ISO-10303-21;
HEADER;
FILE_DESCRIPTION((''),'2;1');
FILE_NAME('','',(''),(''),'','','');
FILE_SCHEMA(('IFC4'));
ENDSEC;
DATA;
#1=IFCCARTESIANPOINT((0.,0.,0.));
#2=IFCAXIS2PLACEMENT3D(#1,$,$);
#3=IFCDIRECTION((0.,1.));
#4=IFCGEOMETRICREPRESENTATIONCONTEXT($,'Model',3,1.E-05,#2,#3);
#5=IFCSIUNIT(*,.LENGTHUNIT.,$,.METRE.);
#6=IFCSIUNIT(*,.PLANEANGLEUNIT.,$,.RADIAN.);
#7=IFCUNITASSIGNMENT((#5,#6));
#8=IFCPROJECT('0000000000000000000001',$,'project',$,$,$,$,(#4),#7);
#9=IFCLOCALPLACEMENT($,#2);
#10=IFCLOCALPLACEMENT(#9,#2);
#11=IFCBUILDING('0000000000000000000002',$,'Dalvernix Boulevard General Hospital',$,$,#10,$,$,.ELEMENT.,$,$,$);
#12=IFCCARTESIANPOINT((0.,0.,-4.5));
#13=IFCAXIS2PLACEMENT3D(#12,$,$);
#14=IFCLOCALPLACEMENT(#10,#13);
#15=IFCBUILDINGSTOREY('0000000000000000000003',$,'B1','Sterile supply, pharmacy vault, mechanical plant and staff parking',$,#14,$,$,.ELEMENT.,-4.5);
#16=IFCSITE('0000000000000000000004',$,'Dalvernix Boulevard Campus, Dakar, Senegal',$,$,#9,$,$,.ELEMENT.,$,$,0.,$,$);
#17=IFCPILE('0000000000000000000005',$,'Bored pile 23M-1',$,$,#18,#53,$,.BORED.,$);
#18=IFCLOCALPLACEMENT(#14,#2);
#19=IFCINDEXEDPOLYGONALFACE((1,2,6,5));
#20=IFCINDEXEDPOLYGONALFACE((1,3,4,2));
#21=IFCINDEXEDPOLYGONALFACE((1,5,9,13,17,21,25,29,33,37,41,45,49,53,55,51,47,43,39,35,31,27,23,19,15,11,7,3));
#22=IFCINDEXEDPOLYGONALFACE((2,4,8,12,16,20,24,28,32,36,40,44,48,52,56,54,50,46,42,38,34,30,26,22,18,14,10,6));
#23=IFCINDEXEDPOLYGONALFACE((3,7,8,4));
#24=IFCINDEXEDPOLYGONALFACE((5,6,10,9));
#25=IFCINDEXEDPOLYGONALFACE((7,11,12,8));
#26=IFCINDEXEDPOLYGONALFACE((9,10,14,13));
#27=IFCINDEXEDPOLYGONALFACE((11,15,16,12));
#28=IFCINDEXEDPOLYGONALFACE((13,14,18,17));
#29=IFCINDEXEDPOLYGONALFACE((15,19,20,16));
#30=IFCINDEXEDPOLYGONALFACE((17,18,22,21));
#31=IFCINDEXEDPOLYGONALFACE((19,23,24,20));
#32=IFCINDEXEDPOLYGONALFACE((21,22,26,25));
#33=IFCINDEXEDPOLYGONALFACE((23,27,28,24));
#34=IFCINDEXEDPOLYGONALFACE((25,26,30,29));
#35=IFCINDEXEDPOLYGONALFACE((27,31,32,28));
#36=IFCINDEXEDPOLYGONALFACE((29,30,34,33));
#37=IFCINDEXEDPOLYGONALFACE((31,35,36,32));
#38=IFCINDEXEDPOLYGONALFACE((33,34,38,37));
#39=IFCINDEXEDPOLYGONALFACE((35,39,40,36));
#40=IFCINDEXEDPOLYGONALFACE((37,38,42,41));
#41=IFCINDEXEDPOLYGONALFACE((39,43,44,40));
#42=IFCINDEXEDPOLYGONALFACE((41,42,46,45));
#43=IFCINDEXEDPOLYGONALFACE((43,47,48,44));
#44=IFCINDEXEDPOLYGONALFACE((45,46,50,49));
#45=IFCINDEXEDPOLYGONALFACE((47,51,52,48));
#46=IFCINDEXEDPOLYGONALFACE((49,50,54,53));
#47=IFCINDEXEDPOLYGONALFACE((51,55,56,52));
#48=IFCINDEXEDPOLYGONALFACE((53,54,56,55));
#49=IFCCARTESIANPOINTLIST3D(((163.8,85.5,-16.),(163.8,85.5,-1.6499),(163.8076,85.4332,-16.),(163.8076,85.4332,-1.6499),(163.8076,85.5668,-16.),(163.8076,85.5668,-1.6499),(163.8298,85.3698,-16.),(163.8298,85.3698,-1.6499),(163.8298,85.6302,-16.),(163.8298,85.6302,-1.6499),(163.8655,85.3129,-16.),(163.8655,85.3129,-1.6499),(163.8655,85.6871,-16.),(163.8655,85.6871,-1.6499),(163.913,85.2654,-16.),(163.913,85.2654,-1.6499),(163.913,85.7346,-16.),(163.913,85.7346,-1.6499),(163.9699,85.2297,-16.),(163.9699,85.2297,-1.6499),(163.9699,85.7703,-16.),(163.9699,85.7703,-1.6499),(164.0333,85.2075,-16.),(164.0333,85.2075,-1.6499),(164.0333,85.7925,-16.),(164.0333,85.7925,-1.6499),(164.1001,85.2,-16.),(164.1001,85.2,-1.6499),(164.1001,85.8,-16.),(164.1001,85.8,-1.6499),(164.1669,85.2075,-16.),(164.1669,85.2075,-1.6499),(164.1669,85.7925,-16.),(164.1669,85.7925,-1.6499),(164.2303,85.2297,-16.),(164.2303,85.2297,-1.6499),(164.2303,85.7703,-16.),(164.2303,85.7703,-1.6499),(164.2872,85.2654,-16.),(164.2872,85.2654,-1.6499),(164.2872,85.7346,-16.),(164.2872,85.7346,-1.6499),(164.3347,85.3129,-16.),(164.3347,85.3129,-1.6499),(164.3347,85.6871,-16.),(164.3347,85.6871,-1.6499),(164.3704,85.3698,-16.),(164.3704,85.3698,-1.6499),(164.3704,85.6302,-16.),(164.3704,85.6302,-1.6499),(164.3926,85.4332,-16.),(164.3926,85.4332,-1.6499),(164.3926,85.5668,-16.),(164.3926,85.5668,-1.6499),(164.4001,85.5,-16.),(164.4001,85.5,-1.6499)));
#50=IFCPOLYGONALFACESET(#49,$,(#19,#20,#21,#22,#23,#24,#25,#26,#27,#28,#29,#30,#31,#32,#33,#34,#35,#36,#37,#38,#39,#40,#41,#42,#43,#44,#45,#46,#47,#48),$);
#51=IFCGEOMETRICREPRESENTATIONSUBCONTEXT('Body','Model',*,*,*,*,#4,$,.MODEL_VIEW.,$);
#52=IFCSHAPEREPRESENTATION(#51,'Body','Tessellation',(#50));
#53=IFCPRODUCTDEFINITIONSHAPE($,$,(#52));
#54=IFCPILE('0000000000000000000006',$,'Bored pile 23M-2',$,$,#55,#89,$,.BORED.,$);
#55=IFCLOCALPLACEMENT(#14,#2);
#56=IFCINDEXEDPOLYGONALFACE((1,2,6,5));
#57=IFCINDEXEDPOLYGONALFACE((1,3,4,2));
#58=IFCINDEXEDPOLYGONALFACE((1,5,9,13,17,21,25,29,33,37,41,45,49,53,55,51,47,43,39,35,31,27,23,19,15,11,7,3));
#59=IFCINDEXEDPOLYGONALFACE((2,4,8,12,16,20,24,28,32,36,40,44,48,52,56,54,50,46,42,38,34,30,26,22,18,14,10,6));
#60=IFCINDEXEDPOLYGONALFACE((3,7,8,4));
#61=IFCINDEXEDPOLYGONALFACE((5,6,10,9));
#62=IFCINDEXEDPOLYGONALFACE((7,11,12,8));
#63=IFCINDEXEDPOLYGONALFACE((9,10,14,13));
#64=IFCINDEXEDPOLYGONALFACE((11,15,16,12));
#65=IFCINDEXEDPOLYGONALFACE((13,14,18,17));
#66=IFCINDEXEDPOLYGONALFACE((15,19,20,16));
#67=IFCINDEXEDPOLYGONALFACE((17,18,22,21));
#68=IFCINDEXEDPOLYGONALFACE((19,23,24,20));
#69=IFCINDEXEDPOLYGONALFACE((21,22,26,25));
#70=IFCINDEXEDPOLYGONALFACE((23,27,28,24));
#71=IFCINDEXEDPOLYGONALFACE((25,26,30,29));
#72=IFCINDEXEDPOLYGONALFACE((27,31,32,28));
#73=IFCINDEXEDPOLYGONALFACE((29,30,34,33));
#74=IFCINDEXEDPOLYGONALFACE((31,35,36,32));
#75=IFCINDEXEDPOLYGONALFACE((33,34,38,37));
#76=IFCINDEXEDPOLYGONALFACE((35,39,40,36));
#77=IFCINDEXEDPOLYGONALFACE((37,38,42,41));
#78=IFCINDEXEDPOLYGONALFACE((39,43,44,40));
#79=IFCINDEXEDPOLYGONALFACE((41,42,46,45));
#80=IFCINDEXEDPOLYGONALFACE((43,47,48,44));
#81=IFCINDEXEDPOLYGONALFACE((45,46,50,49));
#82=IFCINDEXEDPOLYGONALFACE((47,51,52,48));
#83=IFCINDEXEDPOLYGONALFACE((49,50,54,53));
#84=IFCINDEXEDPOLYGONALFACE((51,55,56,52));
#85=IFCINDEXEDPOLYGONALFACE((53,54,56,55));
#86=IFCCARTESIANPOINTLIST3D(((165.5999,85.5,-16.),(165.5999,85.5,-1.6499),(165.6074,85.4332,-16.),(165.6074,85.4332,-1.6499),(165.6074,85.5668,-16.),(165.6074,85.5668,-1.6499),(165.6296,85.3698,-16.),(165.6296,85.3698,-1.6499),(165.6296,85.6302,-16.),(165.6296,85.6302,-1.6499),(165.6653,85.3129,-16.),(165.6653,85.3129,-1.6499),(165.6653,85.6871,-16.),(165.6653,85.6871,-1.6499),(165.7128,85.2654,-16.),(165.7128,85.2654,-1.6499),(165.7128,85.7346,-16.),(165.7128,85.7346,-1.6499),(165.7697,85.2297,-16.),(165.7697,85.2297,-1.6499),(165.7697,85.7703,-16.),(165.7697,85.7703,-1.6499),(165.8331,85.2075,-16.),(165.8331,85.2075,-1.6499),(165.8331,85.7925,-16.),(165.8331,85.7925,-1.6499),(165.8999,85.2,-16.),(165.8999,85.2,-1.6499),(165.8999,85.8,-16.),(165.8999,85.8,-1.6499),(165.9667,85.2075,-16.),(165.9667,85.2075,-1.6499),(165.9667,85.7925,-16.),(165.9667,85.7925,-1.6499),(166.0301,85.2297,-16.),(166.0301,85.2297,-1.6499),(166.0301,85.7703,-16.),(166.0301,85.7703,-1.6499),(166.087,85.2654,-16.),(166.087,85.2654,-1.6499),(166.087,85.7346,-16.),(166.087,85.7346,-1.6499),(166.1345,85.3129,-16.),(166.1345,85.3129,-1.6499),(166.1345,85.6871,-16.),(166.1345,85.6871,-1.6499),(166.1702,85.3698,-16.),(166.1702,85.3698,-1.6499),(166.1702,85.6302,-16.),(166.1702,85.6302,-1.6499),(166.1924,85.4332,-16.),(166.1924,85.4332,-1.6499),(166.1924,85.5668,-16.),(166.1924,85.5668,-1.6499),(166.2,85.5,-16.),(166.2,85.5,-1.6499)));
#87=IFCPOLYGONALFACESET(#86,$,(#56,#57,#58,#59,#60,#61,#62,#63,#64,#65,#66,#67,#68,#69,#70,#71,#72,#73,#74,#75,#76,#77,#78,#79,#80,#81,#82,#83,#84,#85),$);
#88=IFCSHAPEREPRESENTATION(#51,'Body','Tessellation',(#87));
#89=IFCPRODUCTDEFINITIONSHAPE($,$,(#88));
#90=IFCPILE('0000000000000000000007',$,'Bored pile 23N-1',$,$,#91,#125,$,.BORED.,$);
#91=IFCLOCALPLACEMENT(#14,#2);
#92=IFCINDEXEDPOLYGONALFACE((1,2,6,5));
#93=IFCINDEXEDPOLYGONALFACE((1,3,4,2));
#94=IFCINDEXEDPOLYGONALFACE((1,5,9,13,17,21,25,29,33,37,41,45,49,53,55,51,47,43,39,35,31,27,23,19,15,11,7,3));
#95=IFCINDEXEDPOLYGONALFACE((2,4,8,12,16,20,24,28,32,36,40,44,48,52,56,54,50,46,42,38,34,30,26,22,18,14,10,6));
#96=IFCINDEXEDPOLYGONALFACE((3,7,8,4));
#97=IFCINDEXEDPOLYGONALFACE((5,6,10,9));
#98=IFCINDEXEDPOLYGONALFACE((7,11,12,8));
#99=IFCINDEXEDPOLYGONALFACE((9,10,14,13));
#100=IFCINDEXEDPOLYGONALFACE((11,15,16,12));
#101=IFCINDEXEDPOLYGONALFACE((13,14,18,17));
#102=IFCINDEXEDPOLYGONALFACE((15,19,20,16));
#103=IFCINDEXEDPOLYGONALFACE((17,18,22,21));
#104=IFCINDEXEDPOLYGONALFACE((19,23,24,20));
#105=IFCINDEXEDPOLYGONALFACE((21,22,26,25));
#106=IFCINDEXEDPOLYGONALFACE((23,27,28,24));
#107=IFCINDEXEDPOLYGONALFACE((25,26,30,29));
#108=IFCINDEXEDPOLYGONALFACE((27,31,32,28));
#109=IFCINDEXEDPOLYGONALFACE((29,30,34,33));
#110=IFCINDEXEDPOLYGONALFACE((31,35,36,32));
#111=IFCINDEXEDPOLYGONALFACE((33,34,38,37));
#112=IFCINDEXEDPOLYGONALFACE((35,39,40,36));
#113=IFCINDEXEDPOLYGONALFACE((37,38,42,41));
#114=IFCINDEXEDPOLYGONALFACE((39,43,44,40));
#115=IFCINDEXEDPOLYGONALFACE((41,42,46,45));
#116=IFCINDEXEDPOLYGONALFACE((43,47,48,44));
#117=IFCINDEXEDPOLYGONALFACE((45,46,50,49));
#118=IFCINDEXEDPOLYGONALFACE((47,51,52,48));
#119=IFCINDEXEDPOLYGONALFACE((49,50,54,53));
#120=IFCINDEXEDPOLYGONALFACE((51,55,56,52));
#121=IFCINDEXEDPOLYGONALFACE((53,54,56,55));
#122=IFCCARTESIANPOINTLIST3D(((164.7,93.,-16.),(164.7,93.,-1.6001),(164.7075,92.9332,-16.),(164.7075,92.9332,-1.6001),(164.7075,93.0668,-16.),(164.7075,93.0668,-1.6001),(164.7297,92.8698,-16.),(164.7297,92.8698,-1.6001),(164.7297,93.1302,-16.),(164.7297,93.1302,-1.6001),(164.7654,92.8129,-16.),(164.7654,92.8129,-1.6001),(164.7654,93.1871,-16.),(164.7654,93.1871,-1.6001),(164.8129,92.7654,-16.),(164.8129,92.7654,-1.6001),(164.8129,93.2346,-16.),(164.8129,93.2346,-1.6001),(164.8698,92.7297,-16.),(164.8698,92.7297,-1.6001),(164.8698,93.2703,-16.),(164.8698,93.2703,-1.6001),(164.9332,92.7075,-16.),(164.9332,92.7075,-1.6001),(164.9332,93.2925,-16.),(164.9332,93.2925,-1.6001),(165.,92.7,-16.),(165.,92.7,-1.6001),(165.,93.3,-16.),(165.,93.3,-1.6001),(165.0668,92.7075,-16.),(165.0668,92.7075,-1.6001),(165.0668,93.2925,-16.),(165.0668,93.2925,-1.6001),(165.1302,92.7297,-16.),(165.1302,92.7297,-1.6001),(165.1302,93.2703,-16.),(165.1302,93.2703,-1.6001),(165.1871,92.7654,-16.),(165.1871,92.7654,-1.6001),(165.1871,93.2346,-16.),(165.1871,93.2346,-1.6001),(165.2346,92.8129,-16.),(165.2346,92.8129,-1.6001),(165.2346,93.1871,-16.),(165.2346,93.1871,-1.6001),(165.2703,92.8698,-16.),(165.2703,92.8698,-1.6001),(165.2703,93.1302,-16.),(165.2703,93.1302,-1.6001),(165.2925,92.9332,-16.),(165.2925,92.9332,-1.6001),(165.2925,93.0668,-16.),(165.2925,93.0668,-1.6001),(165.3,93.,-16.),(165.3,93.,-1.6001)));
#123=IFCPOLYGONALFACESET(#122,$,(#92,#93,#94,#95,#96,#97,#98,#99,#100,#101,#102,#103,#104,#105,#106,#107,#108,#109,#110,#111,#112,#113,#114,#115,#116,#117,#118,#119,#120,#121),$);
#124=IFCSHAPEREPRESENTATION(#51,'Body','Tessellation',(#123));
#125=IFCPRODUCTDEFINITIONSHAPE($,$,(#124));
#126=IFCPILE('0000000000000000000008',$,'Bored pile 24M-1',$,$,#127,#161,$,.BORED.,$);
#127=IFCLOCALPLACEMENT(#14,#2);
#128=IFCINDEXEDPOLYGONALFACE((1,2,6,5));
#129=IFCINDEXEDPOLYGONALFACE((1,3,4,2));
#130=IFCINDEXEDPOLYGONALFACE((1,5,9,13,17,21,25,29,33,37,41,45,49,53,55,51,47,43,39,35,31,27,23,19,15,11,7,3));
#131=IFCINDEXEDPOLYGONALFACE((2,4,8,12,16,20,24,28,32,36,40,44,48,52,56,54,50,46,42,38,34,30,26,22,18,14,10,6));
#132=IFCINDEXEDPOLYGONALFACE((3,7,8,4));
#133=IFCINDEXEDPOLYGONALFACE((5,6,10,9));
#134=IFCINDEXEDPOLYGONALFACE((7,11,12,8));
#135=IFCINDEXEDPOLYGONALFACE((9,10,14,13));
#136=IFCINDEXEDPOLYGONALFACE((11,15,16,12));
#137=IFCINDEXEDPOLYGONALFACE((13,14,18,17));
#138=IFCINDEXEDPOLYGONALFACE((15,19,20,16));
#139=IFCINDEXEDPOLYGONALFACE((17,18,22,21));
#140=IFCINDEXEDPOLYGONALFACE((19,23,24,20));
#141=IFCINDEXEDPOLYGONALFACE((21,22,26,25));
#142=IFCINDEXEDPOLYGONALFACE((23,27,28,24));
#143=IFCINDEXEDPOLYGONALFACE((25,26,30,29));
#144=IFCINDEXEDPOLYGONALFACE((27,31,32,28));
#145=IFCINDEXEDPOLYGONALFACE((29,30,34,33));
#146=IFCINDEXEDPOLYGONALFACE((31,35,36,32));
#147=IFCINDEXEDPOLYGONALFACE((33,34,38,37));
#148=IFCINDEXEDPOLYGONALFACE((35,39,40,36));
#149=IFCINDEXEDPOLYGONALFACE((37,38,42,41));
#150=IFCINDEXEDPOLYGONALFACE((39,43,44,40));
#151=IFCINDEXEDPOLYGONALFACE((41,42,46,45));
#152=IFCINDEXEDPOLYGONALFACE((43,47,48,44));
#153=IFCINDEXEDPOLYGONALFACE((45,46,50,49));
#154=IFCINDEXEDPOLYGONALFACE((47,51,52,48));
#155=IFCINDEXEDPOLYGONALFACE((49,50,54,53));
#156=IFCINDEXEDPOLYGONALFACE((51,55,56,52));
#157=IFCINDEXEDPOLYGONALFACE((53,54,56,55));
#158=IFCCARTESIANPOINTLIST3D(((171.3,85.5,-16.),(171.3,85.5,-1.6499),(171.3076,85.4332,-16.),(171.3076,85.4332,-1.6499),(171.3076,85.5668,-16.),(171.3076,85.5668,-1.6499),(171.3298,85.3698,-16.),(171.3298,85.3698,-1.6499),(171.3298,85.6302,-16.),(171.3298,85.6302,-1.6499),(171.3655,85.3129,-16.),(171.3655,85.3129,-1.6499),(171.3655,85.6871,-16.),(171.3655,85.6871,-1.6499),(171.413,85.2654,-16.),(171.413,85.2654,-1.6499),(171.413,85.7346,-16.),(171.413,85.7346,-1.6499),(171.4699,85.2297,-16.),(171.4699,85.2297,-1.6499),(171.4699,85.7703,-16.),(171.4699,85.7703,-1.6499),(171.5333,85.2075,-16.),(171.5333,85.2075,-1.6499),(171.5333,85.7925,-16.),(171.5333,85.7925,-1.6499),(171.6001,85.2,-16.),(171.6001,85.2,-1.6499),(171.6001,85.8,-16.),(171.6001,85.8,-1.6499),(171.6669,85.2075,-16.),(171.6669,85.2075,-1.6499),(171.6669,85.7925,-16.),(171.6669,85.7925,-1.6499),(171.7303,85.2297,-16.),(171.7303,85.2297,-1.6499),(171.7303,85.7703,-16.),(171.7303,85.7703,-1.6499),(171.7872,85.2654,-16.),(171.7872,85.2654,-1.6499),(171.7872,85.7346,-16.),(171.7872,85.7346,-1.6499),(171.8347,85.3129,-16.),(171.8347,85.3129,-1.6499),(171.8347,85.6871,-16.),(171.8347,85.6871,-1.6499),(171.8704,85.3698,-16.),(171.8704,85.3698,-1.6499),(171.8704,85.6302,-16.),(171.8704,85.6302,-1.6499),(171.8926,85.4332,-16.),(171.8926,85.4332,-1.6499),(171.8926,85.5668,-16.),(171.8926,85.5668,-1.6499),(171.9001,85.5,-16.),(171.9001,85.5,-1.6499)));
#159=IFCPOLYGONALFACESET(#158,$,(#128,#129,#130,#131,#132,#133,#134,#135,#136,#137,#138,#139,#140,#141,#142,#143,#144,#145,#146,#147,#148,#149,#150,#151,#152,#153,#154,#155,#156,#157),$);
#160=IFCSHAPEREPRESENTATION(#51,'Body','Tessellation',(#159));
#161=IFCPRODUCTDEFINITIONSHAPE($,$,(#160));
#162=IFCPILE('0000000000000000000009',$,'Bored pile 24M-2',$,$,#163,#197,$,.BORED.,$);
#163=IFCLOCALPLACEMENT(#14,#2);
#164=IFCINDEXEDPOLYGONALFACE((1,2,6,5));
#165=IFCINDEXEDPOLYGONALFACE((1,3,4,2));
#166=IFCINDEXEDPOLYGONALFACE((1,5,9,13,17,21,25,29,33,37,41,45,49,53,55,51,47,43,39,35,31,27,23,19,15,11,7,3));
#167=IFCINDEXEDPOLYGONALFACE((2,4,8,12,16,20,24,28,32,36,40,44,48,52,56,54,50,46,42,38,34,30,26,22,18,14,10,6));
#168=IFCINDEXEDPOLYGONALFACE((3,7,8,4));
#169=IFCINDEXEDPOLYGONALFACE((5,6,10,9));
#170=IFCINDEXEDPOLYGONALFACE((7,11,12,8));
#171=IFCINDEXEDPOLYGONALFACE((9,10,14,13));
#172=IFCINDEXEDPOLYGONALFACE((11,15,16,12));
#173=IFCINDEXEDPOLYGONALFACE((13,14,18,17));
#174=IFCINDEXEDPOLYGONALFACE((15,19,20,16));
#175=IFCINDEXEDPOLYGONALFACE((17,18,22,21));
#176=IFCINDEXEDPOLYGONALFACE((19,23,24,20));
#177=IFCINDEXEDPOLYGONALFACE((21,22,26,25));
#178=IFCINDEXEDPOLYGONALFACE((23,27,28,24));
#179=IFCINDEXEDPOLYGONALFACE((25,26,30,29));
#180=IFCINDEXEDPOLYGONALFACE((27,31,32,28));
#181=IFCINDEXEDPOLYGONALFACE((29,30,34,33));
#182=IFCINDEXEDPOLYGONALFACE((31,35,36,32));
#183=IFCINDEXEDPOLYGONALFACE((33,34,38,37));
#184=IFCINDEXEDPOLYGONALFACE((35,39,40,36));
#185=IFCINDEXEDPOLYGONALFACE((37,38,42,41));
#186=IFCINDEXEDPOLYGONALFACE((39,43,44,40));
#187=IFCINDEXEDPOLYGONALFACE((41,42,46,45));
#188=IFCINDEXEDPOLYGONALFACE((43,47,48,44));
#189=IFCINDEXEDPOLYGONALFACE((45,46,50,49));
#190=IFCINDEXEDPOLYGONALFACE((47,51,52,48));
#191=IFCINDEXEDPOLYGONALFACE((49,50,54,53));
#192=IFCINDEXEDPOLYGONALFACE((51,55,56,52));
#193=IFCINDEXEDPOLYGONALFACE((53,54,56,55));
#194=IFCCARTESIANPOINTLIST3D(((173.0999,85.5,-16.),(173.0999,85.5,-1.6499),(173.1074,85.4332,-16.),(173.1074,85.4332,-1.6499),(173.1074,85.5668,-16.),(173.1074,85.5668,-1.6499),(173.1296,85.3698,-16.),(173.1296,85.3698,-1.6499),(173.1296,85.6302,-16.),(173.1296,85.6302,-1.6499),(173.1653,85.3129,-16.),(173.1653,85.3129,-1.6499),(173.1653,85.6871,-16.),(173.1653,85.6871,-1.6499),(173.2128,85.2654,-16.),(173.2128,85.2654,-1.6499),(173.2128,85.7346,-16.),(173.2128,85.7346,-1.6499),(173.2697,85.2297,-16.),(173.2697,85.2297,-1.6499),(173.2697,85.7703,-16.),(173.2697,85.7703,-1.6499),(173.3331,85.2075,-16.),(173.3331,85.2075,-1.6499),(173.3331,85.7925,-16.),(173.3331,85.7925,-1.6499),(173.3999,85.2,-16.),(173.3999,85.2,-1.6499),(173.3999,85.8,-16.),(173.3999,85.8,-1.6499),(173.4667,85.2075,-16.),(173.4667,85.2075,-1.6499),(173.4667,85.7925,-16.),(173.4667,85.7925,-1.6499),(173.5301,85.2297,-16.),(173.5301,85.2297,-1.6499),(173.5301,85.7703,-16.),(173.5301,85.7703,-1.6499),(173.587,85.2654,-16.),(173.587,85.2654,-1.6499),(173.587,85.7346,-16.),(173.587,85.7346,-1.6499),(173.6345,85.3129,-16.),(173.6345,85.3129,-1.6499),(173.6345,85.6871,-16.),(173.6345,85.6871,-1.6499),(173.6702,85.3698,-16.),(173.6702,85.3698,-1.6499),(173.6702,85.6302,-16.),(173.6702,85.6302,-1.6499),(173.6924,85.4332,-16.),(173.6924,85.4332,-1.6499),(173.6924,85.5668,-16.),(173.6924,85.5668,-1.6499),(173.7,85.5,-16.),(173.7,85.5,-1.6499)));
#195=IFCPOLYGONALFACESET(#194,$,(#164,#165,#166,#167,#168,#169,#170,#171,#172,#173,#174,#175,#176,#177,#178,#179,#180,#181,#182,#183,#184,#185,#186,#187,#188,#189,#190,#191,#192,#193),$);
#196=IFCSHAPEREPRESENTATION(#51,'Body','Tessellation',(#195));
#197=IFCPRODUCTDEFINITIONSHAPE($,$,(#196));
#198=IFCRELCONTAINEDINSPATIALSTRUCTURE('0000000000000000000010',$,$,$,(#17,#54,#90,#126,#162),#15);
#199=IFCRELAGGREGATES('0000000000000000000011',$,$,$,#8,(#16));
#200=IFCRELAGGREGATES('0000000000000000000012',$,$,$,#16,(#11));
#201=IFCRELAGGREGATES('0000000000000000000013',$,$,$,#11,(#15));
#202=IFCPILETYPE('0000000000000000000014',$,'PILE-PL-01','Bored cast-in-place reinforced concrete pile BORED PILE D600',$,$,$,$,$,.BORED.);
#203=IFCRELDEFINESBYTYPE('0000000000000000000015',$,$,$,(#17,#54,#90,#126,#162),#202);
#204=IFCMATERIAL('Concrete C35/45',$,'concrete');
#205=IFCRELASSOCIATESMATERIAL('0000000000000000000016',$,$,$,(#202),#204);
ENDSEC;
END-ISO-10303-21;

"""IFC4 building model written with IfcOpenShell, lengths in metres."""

from ifc_helpers import new_model, si_unit, direction, frame, origin, origin_2d, place, context, subcontext, project, spatial, circle, extrude, material, material_profile, profile_set, type_object, element, save


model = new_model("IFC4")

# Units and contexts
model_context = context("Model", 3, precision=1e-05, world=origin(), true_north=direction((0.0, 1.0)))
body_context = subcontext(model_context, "Body", "Model", "MODEL_VIEW")
ifc_project = project(units=[si_unit("LENGTHUNIT", "METRE"), si_unit("PLANEANGLEUNIT", "RADIAN")], contexts=[model_context])

# Site, building, storey
site_placement = place(None, origin())
site = spatial("IfcSite", under=ifc_project, at=site_placement, Name="Dalvernix Boulevard Campus, Dakar, Senegal", CompositionType="ELEMENT", RefElevation=0.0)
building_placement = place(site_placement, origin())
building = spatial("IfcBuilding", under=site, at=building_placement, Name="Dalvernix Boulevard General Hospital", CompositionType="ELEMENT")
storey_placement = place(building_placement, frame((0.0, 0.0, -4.5)))
storey = spatial("IfcBuildingStorey", under=building, at=storey_placement, Name="B1", Description="Sterile supply, pharmacy vault, mechanical plant and staff parking", CompositionType="ELEMENT", Elevation=-4.5)

# Shared definitions
ifc_material_1 = material(Name="Concrete C35/45", Category="concrete")

# Piles
ifc_material_profile_1 = material_profile(ifc_material_1, circle(Radius=0.3, at=origin_2d()), Name="BORED PILE D600")
ifc_profile_set_1 = profile_set([ifc_material_profile_1], Name="Concrete C35/45")
pile_type = type_object("IfcPileType", Name="PILE-PL-01", Description="Bored cast-in-place reinforced concrete pile BORED PILE D600", PredefinedType="BORED", material=ifc_profile_set_1)
for number, where, z_axis, x_axis, name in (
    (1, (164.1001, 85.5, -1.6499), (0.0, 0.0, -1.0), (1.0, 0.0, 0.0), "Bored pile 23M-1"),
    (2, (165.8999, 85.5, -1.6499), (0.0, 0.0, -1.0), (1.0, 0.0, 0.0), "Bored pile 23M-2"),
):
    element("IfcPile", number, at=place(storey_placement, frame(where, z_axis=z_axis, x_axis=x_axis)), inside=storey, type_object=pile_type, Name=name, PredefinedType="BORED", context=body_context, shape_type="SweptSolid", body=[
        extrude(circle(Radius=0.3, at=origin_2d()), origin(), (0.0, 0.0, 1.0), 14.3501),
    ])
pile_1_placement = place(storey_placement, frame((165.0, 93.0, -1.6001), z_axis=(0.0, 0.0, -1.0), x_axis=(1.0, 0.0, 0.0)))
element("IfcPile", 3, at=pile_1_placement, inside=storey, type_object=pile_type, Name="Bored pile 23N-1", PredefinedType="BORED", context=body_context, shape_type="SweptSolid", body=[
    extrude(circle(Radius=0.3, at=origin_2d()), origin(), (0.0, 0.0, 1.0), 14.3999),
])
for number, where, z_axis, x_axis, name in (
    (4, (171.6001, 85.5, -1.6499), (0.0, 0.0, -1.0), (1.0, 0.0, 0.0), "Bored pile 24M-1"),
    (5, (173.3999, 85.5, -1.6499), (0.0, 0.0, -1.0), (1.0, 0.0, 0.0), "Bored pile 24M-2"),
):
    element("IfcPile", number, at=place(storey_placement, frame(where, z_axis=z_axis, x_axis=x_axis)), inside=storey, type_object=pile_type, Name=name, PredefinedType="BORED", context=body_context, shape_type="SweptSolid", body=[
        extrude(circle(Radius=0.3, at=origin_2d()), origin(), (0.0, 0.0, 1.0), 14.3501),
    ])

save(model, "model.ifc")
